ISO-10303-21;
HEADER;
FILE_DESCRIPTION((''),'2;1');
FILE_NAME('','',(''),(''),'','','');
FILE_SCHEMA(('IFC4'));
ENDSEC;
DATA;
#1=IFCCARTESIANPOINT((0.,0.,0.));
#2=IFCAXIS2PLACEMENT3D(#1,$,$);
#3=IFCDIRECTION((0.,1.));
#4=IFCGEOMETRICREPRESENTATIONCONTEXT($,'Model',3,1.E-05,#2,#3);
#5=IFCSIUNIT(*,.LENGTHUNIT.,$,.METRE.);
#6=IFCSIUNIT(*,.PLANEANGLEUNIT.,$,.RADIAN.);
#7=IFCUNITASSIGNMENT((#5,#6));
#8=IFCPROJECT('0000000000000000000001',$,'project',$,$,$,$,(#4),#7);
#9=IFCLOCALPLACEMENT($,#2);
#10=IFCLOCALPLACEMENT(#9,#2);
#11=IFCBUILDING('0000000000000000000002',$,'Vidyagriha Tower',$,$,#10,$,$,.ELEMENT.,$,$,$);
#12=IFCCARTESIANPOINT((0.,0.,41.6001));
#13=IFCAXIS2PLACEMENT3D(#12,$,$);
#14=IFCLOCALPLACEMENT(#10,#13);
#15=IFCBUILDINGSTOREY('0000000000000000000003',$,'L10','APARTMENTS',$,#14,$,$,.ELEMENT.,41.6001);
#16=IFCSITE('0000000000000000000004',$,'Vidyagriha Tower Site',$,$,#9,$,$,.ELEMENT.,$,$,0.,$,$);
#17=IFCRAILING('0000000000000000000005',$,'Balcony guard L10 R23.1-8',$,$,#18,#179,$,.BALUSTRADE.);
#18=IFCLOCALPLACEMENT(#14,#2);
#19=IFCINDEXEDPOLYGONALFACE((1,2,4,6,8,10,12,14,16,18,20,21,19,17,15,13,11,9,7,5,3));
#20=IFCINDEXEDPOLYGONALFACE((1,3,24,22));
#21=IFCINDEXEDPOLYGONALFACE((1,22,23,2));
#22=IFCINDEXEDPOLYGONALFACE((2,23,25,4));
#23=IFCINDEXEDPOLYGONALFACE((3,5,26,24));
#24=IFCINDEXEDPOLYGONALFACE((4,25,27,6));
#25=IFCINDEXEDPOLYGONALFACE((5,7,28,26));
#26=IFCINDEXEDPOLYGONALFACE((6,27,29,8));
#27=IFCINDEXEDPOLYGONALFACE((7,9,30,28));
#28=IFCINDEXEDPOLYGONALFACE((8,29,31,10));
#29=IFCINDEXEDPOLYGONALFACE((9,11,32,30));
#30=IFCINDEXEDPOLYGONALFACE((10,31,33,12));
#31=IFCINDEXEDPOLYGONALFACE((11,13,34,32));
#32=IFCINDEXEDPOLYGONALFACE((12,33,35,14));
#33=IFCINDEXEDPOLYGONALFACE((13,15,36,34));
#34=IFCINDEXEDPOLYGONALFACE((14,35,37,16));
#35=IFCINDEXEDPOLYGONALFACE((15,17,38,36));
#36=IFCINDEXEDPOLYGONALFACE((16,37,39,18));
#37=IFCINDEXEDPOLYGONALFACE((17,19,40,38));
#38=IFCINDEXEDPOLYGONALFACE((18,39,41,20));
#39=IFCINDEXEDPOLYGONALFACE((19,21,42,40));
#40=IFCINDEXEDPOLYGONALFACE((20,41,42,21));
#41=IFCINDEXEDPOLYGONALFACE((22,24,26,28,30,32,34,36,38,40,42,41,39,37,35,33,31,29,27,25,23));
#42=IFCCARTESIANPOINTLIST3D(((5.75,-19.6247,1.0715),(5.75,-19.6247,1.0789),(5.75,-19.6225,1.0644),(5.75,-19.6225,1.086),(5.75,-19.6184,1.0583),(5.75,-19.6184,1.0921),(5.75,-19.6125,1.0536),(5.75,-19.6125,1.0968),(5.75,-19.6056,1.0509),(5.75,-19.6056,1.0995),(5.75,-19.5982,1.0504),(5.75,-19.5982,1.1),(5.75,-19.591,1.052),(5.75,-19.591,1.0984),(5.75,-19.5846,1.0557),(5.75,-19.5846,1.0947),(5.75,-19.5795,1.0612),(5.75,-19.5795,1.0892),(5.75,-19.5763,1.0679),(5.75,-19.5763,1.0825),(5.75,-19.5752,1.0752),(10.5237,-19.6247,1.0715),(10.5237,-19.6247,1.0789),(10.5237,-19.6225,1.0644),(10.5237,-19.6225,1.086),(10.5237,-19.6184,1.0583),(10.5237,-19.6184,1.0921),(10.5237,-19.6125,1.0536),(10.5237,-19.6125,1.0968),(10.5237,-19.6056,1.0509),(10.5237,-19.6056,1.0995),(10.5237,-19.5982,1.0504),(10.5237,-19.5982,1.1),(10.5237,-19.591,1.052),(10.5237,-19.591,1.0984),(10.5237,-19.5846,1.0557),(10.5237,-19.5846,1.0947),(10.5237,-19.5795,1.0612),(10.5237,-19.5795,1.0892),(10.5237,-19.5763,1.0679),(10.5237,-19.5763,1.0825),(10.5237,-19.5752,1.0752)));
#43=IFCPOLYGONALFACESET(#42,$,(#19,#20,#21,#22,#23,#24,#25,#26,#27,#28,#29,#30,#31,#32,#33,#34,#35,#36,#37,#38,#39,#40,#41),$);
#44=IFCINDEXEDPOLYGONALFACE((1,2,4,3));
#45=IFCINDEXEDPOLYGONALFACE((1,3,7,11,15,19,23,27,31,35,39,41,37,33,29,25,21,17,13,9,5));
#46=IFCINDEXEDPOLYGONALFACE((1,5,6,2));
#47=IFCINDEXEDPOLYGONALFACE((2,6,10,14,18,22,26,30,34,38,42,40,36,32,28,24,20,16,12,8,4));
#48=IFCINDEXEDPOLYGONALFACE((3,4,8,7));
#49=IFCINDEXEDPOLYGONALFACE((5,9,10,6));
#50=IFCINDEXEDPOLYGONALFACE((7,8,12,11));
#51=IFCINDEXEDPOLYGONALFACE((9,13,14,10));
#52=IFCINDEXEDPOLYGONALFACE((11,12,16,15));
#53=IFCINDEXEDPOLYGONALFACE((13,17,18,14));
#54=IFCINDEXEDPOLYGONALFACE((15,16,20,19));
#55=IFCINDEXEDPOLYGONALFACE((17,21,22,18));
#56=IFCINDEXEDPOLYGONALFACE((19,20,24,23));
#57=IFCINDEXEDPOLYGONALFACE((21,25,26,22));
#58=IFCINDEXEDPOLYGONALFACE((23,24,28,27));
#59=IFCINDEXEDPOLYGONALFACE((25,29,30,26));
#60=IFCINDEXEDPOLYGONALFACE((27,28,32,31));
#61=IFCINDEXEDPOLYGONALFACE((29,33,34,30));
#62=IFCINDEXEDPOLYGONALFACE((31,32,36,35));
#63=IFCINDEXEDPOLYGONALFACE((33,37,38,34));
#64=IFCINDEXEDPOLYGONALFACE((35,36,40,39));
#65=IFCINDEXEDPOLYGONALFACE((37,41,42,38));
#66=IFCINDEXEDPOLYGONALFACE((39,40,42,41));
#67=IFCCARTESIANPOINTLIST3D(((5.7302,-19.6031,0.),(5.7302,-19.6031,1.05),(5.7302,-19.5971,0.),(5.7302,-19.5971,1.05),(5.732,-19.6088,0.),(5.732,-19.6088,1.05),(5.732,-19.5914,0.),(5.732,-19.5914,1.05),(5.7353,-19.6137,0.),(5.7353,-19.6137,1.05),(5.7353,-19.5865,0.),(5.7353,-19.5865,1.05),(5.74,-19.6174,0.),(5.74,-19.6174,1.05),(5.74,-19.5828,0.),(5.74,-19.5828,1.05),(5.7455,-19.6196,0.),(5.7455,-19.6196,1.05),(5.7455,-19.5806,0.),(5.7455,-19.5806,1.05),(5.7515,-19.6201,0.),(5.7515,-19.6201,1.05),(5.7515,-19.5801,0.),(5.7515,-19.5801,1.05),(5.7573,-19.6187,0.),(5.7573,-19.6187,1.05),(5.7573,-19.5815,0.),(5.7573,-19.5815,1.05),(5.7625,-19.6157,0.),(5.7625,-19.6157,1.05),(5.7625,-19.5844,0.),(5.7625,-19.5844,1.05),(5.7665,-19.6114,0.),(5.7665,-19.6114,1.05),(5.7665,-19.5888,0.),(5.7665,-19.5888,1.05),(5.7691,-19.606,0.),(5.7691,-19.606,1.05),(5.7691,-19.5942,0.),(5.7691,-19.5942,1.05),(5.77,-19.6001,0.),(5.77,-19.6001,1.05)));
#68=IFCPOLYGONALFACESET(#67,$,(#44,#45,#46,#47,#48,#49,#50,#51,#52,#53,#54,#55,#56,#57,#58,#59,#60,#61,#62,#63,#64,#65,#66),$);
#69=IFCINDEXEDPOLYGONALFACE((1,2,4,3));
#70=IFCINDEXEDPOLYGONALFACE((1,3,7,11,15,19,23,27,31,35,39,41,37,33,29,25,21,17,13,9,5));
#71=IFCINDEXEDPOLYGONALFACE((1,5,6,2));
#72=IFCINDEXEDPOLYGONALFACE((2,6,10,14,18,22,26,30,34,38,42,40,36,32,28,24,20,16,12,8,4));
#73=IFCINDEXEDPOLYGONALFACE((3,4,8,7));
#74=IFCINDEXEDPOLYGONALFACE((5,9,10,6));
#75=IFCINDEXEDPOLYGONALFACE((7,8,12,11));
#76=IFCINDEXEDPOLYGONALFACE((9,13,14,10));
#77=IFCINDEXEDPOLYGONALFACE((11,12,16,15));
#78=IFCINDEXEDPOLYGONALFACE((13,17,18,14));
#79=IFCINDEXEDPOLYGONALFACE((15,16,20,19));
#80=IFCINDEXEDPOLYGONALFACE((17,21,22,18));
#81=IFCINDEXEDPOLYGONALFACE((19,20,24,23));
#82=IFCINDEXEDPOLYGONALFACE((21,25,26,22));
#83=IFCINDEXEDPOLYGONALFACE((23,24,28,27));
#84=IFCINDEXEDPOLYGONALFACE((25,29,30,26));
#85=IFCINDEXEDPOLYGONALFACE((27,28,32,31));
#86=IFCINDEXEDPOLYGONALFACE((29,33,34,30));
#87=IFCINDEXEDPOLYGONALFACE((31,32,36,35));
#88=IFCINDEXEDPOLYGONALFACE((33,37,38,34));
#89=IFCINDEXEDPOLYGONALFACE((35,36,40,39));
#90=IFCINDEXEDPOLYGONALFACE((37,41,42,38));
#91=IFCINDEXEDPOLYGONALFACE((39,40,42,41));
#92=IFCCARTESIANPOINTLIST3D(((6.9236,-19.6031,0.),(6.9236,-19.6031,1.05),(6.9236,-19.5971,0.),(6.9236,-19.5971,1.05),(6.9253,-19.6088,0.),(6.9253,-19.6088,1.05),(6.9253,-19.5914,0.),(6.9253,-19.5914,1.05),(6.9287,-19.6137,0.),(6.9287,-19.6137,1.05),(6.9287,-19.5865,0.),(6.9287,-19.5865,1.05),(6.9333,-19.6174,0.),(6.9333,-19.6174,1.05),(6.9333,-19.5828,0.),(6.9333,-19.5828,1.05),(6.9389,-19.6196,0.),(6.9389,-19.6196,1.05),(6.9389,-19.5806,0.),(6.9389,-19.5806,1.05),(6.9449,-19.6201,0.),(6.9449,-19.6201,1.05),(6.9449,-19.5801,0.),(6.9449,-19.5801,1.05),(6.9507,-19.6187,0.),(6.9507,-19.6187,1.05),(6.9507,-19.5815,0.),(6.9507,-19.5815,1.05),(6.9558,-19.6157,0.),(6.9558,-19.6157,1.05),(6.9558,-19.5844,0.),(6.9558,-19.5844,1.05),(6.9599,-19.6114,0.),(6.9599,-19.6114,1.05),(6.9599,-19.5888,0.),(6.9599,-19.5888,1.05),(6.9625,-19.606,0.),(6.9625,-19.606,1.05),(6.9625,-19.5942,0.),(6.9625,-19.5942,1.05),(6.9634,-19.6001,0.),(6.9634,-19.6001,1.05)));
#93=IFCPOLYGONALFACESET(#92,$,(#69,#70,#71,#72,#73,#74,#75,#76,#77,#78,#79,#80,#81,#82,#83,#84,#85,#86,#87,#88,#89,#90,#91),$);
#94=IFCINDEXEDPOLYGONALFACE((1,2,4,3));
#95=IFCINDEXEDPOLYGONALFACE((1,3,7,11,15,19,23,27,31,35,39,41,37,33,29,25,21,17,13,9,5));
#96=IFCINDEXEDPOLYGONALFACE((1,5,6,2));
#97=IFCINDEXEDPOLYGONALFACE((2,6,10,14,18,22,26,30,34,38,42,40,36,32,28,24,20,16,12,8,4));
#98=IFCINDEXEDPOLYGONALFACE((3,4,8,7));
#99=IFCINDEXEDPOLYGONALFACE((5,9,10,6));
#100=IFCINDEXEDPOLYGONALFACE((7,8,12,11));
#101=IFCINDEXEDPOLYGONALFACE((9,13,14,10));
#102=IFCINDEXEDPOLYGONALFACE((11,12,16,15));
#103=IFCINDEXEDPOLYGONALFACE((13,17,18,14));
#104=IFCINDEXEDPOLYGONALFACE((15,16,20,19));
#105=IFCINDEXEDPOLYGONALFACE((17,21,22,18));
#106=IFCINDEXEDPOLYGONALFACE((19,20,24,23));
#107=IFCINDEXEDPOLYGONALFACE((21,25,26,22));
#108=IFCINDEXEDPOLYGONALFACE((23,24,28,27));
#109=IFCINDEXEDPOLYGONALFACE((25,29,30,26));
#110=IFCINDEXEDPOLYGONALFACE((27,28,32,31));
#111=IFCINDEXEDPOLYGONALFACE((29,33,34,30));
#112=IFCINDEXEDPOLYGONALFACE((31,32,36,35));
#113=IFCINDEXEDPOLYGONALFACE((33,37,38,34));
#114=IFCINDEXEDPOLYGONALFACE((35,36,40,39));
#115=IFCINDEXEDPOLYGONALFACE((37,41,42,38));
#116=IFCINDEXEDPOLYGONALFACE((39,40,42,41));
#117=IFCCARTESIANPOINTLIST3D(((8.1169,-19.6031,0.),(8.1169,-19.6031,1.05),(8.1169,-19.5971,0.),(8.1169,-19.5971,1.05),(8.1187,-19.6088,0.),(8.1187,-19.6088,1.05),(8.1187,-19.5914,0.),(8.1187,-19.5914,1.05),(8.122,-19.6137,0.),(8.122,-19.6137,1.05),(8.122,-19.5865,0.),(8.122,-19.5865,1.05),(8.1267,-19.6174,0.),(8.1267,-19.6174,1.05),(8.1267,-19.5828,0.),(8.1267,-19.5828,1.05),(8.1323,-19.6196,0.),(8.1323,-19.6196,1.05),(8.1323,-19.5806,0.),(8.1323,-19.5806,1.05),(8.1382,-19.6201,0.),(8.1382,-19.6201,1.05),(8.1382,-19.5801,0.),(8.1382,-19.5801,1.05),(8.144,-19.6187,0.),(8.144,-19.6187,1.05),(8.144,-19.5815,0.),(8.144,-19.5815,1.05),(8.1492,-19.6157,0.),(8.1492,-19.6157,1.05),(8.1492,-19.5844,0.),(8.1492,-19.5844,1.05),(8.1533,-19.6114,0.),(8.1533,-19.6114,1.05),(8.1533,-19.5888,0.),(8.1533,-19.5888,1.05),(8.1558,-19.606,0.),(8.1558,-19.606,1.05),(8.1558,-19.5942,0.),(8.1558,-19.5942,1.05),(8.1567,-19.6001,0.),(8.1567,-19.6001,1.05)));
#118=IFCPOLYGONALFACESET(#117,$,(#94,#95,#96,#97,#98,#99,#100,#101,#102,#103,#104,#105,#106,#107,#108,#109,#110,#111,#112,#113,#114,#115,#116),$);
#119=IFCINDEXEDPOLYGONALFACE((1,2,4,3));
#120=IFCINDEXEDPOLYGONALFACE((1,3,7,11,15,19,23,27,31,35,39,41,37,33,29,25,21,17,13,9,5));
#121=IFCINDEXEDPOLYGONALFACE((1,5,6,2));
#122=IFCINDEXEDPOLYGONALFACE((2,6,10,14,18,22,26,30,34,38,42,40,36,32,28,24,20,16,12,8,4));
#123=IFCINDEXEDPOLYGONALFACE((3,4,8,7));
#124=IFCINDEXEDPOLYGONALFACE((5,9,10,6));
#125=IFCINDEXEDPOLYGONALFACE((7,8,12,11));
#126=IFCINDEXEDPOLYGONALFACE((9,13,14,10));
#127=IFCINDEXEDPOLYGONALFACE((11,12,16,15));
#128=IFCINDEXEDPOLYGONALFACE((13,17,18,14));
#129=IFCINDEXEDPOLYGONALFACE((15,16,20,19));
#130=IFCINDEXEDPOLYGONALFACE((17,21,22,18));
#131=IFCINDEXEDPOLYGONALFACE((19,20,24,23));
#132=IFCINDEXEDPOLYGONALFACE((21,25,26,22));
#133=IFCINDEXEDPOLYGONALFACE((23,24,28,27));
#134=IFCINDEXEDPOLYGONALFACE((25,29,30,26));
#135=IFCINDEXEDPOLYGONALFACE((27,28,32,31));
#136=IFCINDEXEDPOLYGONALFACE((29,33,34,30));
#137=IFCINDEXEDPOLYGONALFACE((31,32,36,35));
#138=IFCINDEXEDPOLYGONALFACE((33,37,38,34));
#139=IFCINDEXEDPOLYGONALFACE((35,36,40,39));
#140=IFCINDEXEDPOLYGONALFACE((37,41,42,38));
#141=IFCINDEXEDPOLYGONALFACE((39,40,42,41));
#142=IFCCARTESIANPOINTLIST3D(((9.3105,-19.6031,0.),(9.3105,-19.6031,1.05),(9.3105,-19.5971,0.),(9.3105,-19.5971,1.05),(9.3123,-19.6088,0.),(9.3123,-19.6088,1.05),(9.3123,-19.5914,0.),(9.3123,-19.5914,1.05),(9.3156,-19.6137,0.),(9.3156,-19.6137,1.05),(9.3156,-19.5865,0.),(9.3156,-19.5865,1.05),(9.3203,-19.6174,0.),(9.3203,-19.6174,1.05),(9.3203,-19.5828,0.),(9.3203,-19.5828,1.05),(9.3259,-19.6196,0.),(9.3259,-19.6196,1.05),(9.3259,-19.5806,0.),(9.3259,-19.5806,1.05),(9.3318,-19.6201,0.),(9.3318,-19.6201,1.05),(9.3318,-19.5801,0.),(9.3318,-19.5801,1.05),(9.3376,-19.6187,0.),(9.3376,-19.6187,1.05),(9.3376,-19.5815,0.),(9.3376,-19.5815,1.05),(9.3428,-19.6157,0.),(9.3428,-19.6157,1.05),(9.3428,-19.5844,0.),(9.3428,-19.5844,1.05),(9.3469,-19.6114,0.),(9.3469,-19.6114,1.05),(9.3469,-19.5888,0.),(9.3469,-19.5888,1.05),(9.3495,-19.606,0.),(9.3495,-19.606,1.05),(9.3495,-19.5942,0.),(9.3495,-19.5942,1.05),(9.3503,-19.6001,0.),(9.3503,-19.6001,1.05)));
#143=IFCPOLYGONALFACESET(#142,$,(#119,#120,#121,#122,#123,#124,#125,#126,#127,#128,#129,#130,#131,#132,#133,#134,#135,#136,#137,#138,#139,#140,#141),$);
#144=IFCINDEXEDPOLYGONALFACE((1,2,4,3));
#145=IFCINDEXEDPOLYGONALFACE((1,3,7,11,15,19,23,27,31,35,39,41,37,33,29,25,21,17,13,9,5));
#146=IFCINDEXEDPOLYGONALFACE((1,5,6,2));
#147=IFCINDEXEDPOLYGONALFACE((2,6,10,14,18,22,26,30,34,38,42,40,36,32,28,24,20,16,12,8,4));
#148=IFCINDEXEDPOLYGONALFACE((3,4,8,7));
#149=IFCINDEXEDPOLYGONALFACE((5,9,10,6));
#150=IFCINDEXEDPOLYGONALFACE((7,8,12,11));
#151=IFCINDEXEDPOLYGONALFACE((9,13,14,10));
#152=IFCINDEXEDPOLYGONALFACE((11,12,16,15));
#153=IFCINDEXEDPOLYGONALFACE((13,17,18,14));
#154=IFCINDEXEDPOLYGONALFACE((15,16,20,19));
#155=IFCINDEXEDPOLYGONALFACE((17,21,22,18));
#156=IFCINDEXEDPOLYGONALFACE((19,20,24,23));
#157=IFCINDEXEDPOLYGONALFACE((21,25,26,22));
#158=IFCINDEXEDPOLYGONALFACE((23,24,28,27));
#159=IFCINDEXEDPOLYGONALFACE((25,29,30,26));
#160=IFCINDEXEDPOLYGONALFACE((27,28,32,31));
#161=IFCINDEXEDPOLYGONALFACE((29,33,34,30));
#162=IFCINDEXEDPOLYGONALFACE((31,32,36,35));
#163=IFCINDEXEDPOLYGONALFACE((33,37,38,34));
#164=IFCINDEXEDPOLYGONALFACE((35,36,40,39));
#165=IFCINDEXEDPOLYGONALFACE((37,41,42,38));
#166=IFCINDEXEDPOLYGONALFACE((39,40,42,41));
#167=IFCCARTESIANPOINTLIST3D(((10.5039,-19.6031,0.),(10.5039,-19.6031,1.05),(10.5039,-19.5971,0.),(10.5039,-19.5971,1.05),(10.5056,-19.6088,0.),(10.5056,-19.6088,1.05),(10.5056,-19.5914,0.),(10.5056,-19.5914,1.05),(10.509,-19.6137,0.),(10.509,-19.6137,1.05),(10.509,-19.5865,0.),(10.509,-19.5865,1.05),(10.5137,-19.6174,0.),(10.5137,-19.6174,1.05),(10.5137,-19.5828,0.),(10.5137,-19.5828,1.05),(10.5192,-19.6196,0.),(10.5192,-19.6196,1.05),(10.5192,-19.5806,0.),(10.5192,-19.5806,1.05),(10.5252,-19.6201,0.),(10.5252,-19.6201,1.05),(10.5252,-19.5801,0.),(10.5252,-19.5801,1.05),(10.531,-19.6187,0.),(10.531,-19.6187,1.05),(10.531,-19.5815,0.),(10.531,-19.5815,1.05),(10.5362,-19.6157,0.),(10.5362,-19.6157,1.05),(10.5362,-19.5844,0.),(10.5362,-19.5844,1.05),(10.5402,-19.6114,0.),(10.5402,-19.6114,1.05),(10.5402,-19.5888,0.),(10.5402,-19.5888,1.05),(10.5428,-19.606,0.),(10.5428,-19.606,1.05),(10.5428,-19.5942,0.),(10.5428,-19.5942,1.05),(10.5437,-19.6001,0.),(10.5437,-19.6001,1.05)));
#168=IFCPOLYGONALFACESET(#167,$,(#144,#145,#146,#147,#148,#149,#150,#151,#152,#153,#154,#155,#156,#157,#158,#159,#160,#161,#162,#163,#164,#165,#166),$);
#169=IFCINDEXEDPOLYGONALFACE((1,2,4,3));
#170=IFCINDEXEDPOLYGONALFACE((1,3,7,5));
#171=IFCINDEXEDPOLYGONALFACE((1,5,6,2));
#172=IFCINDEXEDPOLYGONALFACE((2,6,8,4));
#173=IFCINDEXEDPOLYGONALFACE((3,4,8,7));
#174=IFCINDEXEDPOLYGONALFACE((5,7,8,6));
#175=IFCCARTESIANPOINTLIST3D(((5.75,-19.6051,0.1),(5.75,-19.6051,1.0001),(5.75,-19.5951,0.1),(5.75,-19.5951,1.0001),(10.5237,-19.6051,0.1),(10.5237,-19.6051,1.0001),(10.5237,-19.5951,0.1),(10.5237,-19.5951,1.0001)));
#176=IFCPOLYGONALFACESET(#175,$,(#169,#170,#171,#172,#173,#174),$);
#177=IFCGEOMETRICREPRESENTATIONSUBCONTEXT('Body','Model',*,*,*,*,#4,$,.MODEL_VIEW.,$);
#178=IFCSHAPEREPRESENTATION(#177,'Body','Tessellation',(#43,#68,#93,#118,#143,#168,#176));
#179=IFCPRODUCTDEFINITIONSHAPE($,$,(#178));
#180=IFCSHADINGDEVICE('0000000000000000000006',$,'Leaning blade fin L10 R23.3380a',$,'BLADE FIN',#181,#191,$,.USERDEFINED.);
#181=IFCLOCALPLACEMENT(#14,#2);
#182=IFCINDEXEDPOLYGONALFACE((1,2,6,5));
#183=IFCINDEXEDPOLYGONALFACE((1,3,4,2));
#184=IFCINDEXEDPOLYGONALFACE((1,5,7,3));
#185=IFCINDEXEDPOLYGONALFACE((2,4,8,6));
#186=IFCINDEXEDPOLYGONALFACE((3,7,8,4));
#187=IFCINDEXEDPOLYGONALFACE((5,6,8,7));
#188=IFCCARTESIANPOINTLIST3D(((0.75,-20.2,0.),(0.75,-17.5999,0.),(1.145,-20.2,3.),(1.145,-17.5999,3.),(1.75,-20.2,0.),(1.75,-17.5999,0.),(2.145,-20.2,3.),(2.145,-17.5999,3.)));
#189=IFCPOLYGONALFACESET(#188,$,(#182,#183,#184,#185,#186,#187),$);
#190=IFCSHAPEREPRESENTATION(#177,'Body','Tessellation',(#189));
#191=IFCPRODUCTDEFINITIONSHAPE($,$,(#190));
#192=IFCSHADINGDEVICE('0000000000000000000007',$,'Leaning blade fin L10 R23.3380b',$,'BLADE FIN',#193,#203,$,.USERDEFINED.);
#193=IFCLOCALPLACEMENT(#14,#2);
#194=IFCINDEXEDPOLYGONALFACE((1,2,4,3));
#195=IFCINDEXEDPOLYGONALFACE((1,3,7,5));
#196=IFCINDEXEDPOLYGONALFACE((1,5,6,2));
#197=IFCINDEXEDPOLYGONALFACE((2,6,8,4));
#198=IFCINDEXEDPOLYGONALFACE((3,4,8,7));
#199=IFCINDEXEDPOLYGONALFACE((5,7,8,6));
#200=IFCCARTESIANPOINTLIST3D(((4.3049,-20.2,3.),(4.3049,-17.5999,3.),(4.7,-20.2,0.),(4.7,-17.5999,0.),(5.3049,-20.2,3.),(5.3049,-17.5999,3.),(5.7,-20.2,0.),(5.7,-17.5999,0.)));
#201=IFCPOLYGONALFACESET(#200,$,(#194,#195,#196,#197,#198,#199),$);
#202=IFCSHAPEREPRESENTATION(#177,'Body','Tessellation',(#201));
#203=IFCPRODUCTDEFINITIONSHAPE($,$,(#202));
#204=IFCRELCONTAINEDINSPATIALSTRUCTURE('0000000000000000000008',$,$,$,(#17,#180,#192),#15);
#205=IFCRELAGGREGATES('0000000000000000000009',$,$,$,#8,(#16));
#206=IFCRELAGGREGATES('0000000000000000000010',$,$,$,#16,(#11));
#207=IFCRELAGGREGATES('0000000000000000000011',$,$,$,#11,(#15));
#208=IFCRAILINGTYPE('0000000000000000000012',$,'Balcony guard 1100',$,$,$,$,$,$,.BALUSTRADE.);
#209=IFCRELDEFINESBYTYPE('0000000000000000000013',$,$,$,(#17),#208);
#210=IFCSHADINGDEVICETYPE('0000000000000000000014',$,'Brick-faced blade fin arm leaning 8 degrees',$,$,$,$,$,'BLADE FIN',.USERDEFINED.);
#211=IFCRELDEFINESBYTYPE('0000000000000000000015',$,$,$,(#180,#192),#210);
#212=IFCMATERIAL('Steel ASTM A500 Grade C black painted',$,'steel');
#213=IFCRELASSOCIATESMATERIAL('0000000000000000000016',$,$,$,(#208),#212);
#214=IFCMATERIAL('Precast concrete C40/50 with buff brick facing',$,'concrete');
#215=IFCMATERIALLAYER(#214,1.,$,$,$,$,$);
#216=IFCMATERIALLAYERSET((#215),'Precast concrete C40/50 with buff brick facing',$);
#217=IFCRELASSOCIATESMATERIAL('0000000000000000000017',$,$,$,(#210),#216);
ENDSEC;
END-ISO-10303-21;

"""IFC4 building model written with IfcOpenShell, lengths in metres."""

from ifc_helpers import new_model, si_unit, direction, frame, origin, origin_2d, place, context, subcontext, project, spatial, polyline, rectangle, circle, outline, extrude, material, layer, layer_set, type_object, element, save


model = new_model("IFC4")

# Units and contexts
model_context = context("Model", 3, precision=1e-05, world=origin(), true_north=direction((0.0, 1.0)))
body_context = subcontext(model_context, "Body", "Model", "MODEL_VIEW")
ifc_project = project(units=[si_unit("LENGTHUNIT", "METRE"), si_unit("PLANEANGLEUNIT", "RADIAN")], contexts=[model_context])

# Site, building, storey
site_placement = place(None, origin())
site = spatial("IfcSite", under=ifc_project, at=site_placement, Name="Vidyagriha Tower Site", CompositionType="ELEMENT", RefElevation=0.0)
building_placement = place(site_placement, origin())
building = spatial("IfcBuilding", under=site, at=building_placement, Name="Vidyagriha Tower", CompositionType="ELEMENT")
storey_placement = place(building_placement, frame((0.0, 0.0, 41.6001)))
storey = spatial("IfcBuildingStorey", under=building, at=storey_placement, Name="L10", Description="APARTMENTS", CompositionType="ELEMENT", Elevation=41.6001)

# Railing
ifc_material_1 = material(Name="Steel ASTM A500 Grade C black painted", Category="steel")
railing_type = type_object("IfcRailingType", Name="Balcony guard 1100", PredefinedType="BALUSTRADE", material=ifc_material_1)
railing_1_placement = place(storey_placement, frame((5.75, -19.6001, 0.0)))
element("IfcRailing", 1, at=railing_1_placement, inside=storey, type_object=railing_type, Name="Balcony guard L10 R23.1-8", PredefinedType="BALUSTRADE", context=body_context, shape_type="SweptSolid", body=[
    extrude(circle(Radius=0.0249, at=origin_2d()), frame((0.0, 0.0, 1.0752), z_axis=(1.0, 0.0, 0.0), x_axis=(0.0, 1.0, 0.0)), (0.0, 0.0, 1.0), 4.7737),
    extrude(circle(Radius=0.02, at=origin_2d()), origin(), (0.0, 0.0, 1.0), 1.05),
    extrude(circle(Radius=0.02, at=origin_2d()), frame((1.1934, 0.0, 0.0)), (0.0, 0.0, 1.0), 1.05),
    extrude(circle(Radius=0.02, at=origin_2d()), frame((2.3867, 0.0, 0.0)), (0.0, 0.0, 1.0), 1.05),
    extrude(circle(Radius=0.02, at=origin_2d()), frame((3.5803, 0.0, 0.0)), (0.0, 0.0, 1.0), 1.05),
    extrude(circle(Radius=0.02, at=origin_2d()), frame((4.7737, 0.0, 0.0)), (0.0, 0.0, 1.0), 1.05),
    extrude(rectangle(XDim=0.01, YDim=0.9001, at=origin_2d()), frame((0.0, 0.0, 0.55), z_axis=(1.0, 0.0, 0.0), x_axis=(0.0, 1.0, 0.0)), (0.0, 0.0, 1.0), 4.7737),
])

# Shading devices
ifc_material_2 = material(Name="Precast concrete C40/50 with buff brick facing", Category="concrete")
ifc_layer_1 = layer(ifc_material_2, 1.0)
ifc_layer_set_1 = layer_set([ifc_layer_1], Name="Precast concrete C40/50 with buff brick facing")
shading_device_type_1 = type_object("IfcShadingDeviceType", Name="Brick-faced blade fin arm leaning 8 degrees", ElementType="BLADE FIN", PredefinedType="USERDEFINED", material=ifc_layer_set_1)
shading_device_1_placement = place(storey_placement, frame((0.75, -18.8999, 0.0)))
element("IfcShadingDevice", 2, at=shading_device_1_placement, inside=storey, type_object=shading_device_type_1, Name="Leaning blade fin L10 R23.3380a", ObjectType="BLADE FIN", PredefinedType="USERDEFINED", context=body_context, shape_type="SweptSolid", body=[
    extrude(outline(polyline([(0.0, 0.0), (1.0, 0.0), (1.395, 3.0), (0.395, 3.0), (0.0, 0.0)])), frame((0.0, 1.3, 0.0), z_axis=(0.0, -1.0, 0.0), x_axis=(1.0, 0.0, 0.0)), (0.0, 0.0, 1.0), 2.6001),
])
shading_device_2_placement = place(storey_placement, frame((4.3049, -18.8999, 0.0)))
element("IfcShadingDevice", 3, at=shading_device_2_placement, inside=storey, type_object=shading_device_type_1, Name="Leaning blade fin L10 R23.3380b", ObjectType="BLADE FIN", PredefinedType="USERDEFINED", context=body_context, shape_type="SweptSolid", body=[
    extrude(outline(polyline([(0.395, 0.0), (1.395, 0.0), (1.0, 3.0), (0.0, 3.0), (0.395, 0.0)])), frame((0.0, 1.3, 0.0), z_axis=(0.0, -1.0, 0.0), x_axis=(1.0, 0.0, 0.0)), (0.0, 0.0, 1.0), 2.6001),
])

save(model, "model.ifc")
